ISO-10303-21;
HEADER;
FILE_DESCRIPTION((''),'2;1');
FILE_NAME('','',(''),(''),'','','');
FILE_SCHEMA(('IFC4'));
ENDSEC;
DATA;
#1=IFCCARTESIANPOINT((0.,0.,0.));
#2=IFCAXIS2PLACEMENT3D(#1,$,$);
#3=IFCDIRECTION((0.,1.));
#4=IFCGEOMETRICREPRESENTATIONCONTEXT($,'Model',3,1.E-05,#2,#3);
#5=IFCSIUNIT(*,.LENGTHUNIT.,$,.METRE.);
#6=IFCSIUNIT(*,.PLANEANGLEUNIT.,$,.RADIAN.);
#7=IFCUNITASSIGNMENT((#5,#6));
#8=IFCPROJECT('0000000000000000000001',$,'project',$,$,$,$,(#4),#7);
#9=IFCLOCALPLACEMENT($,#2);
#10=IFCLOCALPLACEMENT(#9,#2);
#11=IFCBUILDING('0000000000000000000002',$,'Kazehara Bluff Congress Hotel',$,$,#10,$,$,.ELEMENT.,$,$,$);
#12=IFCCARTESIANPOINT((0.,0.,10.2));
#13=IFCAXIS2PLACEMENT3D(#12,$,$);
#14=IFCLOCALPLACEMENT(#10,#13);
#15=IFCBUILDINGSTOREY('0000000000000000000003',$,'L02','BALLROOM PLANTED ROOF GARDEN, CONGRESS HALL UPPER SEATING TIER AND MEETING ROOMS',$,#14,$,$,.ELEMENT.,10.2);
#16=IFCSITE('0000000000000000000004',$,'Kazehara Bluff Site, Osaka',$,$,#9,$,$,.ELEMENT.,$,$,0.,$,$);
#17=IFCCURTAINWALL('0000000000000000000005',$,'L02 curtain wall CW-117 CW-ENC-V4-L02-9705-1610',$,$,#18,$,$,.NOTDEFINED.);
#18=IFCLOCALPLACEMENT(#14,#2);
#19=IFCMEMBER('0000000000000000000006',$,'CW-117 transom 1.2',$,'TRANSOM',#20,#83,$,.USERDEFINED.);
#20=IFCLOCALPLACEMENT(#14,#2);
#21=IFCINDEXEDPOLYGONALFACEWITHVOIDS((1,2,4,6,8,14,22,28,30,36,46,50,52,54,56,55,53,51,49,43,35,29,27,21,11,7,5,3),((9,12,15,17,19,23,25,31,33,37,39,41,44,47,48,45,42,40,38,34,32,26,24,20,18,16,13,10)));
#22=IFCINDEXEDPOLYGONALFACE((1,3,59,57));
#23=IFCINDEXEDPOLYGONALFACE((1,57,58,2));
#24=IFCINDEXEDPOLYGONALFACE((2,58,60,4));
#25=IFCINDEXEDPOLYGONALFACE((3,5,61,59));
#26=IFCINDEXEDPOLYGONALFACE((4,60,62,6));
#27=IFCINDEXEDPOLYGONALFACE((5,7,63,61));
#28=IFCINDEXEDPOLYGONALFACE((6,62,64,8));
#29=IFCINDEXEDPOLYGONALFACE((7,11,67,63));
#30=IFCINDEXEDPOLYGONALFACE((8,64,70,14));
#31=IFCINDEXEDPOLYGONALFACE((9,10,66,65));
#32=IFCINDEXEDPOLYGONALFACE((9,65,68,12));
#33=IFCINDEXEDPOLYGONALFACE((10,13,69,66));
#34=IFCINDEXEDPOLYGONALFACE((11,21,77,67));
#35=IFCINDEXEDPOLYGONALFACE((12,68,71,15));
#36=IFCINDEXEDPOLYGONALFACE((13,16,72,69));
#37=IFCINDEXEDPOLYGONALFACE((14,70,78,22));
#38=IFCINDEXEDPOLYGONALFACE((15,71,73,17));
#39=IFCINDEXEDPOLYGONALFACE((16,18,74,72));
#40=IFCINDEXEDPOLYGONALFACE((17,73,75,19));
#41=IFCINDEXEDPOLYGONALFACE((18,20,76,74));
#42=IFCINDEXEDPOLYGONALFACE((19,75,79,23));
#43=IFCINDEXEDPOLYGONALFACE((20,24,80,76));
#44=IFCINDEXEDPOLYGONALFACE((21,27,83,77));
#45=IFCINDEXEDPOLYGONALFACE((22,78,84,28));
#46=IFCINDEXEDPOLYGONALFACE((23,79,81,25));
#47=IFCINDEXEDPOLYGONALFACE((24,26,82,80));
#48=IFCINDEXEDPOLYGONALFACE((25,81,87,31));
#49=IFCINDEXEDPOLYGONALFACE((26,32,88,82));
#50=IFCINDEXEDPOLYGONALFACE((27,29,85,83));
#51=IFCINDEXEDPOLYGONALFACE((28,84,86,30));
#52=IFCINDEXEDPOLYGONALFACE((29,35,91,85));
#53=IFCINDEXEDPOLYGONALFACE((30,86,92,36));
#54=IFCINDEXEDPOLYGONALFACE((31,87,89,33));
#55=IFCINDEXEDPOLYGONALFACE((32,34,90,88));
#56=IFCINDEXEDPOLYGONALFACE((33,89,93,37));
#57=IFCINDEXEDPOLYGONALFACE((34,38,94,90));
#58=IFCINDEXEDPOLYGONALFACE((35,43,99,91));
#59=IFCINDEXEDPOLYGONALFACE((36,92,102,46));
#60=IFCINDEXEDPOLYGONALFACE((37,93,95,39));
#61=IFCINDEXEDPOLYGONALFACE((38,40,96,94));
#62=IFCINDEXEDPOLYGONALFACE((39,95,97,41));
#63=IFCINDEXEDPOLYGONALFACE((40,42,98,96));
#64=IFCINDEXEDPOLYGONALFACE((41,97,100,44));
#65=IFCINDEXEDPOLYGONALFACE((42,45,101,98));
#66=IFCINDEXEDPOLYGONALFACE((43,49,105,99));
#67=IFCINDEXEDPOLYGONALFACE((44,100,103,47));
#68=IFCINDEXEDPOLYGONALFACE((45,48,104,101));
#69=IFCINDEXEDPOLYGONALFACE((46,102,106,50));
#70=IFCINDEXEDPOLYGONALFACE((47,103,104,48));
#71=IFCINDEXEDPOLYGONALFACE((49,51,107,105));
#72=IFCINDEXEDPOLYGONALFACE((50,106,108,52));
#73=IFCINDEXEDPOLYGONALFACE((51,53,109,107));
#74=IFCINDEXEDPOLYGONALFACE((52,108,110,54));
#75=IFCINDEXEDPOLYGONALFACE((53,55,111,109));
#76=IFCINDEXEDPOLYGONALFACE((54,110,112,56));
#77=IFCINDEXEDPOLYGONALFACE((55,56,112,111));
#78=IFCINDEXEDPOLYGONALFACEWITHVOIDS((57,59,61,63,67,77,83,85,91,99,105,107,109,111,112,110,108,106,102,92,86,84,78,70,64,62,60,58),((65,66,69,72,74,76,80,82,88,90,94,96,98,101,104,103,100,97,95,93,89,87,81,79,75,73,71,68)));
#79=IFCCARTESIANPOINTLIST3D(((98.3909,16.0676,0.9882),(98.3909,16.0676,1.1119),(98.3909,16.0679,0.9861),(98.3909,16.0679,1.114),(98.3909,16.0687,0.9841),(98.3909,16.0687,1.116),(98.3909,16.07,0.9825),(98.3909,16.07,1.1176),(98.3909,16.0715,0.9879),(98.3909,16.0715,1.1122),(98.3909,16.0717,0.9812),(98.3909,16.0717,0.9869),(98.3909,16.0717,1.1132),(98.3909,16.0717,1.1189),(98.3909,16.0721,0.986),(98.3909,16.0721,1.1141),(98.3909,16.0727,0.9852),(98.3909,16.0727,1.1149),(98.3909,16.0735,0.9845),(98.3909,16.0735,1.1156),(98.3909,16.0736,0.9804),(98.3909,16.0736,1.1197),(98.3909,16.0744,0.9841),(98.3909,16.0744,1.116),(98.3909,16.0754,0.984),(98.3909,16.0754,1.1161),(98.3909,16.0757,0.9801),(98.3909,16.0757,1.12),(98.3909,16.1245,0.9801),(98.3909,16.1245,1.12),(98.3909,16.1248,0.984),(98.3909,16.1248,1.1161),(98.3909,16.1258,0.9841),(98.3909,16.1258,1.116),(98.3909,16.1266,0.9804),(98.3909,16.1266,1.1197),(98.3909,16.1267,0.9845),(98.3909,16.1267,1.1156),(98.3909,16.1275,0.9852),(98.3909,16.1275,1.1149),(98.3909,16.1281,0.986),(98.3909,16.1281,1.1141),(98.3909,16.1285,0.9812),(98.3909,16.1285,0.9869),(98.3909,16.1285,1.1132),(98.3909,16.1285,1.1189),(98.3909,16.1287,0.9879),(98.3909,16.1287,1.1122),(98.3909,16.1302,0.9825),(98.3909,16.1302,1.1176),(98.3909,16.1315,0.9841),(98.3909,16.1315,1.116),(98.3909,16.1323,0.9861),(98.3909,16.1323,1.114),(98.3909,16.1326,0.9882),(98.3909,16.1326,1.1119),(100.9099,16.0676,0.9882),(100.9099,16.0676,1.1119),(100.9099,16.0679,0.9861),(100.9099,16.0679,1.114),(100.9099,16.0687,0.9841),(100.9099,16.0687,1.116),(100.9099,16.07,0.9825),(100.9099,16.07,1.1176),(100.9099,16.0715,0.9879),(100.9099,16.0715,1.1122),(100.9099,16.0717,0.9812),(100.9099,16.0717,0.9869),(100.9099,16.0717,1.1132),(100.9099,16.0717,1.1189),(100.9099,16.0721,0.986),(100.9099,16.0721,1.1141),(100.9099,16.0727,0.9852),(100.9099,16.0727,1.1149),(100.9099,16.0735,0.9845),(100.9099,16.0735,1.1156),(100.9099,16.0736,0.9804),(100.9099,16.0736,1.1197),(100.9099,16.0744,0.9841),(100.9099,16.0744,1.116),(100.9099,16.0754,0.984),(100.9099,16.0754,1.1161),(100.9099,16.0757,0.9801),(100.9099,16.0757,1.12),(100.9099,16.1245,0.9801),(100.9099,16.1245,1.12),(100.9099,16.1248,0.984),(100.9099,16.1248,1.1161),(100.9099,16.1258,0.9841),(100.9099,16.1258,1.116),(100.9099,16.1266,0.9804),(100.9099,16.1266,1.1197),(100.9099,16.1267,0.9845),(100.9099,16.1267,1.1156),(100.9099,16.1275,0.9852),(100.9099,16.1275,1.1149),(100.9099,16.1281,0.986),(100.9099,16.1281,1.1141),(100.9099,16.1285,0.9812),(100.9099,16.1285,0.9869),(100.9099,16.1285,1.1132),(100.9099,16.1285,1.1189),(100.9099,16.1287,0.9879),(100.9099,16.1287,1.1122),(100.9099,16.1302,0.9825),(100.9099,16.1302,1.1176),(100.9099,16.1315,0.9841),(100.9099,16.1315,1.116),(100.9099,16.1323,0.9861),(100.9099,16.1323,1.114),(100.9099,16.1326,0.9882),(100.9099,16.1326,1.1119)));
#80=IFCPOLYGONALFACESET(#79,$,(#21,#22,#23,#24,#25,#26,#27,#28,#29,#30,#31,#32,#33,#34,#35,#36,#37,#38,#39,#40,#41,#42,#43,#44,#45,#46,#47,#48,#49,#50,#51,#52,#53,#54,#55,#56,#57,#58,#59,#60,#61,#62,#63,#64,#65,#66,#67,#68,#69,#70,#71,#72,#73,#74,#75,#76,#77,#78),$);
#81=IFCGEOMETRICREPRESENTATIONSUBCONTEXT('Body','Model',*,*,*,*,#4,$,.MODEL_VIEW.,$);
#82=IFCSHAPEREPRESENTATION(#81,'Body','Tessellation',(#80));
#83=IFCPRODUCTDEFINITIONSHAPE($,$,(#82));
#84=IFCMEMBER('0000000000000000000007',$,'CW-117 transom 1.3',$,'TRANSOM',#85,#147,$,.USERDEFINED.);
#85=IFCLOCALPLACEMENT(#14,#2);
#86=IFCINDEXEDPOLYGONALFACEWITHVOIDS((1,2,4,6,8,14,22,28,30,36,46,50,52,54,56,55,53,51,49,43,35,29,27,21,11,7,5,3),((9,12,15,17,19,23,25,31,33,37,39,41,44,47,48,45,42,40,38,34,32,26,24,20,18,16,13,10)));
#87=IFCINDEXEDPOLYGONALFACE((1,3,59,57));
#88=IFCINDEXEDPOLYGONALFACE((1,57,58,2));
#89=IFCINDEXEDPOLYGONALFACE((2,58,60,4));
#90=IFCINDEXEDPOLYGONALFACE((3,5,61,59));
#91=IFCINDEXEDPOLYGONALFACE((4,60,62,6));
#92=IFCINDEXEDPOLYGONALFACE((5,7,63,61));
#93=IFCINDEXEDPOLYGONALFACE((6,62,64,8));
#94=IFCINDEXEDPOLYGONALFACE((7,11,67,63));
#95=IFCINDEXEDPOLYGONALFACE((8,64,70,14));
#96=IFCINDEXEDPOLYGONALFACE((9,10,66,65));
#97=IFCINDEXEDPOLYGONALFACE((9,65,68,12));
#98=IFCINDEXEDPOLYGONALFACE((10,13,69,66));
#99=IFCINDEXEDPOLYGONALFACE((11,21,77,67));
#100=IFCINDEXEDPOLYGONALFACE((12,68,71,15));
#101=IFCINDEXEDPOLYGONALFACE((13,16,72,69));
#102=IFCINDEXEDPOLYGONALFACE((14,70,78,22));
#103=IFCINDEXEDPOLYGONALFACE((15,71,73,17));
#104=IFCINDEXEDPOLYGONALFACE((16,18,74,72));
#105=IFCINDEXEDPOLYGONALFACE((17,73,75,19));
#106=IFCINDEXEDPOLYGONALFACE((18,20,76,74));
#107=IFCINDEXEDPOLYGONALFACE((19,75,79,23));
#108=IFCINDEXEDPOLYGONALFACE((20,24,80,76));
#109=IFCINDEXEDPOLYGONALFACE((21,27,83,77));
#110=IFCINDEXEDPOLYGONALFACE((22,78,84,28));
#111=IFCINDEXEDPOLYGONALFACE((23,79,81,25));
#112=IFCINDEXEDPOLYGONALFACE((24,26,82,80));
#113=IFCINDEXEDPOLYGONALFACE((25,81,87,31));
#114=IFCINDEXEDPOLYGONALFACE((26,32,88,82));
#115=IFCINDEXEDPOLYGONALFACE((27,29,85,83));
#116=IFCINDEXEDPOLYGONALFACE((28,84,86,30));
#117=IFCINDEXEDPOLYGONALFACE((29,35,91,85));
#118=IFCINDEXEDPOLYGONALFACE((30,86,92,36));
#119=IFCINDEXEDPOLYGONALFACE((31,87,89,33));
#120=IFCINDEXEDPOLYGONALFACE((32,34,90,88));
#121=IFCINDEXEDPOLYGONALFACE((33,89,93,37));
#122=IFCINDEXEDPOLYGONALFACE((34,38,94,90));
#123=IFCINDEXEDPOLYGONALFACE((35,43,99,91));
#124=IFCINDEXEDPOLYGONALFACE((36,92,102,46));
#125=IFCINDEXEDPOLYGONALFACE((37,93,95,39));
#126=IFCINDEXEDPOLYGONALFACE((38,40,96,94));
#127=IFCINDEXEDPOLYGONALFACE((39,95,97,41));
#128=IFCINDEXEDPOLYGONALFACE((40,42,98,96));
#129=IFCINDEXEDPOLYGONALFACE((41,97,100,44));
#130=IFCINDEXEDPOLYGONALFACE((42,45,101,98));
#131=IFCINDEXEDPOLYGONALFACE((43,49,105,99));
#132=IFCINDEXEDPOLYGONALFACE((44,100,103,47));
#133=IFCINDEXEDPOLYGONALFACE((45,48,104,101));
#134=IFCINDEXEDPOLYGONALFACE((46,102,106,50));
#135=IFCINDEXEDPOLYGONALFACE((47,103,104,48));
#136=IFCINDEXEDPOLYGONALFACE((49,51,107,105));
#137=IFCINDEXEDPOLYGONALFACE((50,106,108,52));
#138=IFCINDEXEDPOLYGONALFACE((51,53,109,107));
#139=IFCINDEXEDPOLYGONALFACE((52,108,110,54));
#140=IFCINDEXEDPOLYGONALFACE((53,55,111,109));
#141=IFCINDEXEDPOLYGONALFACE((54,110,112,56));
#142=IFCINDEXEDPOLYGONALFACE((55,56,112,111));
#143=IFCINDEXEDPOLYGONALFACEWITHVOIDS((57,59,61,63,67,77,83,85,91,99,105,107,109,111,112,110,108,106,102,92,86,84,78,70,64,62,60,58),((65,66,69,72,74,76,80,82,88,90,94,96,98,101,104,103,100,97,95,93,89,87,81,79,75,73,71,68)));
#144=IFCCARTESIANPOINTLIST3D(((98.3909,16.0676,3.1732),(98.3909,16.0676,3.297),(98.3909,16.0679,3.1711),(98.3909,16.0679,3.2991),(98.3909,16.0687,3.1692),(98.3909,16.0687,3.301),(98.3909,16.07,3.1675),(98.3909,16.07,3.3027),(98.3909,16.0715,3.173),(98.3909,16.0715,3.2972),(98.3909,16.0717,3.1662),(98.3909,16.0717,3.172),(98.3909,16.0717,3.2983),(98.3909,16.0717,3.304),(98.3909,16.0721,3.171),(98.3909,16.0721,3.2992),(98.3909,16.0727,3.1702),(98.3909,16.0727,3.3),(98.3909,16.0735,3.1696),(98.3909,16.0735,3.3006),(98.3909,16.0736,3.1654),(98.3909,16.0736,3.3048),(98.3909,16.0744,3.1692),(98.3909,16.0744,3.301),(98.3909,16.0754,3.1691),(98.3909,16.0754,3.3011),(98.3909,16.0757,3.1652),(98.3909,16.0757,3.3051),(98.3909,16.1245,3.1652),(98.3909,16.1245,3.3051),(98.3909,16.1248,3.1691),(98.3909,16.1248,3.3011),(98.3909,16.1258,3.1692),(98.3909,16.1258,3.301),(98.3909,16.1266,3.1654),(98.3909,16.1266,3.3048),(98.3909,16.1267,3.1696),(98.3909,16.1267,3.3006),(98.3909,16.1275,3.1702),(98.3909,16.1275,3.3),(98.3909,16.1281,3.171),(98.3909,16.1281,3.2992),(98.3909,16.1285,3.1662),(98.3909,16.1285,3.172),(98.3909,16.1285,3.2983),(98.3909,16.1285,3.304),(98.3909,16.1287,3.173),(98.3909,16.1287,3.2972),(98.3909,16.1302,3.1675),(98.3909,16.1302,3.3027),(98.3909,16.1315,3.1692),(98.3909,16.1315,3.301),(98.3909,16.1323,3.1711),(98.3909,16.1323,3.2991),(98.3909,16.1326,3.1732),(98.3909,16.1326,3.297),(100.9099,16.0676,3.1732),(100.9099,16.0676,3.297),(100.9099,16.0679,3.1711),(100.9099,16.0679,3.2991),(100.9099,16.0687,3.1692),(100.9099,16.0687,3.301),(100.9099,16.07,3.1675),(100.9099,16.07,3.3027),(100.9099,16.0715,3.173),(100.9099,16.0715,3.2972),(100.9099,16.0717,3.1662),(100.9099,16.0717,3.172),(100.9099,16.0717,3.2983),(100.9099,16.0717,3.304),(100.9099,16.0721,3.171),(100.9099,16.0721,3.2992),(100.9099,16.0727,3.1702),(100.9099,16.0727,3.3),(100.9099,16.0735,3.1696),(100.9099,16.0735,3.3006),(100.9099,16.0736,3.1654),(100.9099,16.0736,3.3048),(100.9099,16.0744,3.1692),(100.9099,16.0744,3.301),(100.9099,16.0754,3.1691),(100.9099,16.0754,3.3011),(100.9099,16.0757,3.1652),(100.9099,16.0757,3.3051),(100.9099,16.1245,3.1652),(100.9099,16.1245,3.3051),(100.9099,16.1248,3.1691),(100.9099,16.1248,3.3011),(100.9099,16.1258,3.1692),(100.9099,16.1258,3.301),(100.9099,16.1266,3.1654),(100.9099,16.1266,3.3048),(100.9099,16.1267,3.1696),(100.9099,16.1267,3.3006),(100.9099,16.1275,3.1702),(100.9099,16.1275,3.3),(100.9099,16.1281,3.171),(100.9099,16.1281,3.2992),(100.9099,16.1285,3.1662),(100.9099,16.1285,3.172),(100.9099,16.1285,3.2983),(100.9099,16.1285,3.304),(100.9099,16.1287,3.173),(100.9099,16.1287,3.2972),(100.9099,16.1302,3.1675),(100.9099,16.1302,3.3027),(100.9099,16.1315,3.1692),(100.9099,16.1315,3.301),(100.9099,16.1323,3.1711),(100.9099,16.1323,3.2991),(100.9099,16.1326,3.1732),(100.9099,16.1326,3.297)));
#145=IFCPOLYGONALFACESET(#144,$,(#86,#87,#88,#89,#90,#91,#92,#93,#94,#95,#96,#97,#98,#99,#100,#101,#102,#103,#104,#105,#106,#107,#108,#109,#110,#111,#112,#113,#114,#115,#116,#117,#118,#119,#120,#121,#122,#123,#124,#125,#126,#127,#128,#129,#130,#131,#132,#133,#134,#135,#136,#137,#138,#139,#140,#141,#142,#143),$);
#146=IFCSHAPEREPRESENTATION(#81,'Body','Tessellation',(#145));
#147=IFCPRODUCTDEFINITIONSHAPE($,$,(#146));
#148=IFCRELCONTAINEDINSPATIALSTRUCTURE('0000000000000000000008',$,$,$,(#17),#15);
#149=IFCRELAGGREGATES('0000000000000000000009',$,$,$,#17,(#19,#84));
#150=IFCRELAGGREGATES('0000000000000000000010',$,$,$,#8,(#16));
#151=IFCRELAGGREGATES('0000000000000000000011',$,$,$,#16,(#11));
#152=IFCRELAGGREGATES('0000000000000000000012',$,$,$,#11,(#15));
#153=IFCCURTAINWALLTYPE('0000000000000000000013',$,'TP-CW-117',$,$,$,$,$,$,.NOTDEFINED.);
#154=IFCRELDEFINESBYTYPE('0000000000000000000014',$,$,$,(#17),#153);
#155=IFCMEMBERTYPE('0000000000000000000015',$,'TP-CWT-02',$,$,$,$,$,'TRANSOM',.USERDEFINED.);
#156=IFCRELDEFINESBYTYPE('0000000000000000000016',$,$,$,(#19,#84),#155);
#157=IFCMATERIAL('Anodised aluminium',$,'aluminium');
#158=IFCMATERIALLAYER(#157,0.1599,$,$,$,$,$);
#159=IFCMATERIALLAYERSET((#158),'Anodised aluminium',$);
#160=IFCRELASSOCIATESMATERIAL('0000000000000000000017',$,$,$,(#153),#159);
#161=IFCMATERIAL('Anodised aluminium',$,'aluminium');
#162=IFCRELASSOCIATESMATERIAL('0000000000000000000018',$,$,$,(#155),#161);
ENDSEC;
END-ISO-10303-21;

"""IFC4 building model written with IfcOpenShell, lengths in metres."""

from ifc_helpers import new_model, si_unit, direction, frame, origin, origin_2d, place, context, subcontext, project, spatial, hollow_rectangle, extrude, material, layer, layer_set, material_profile, profile_set, type_object, element, aggregate, save


model = new_model("IFC4")

# Units and contexts
model_context = context("Model", 3, precision=1e-05, world=origin(), true_north=direction((0.0, 1.0)))
body_context = subcontext(model_context, "Body", "Model", "MODEL_VIEW")
ifc_project = project(units=[si_unit("LENGTHUNIT", "METRE"), si_unit("PLANEANGLEUNIT", "RADIAN")], contexts=[model_context])

# Site, building, storey
site_placement = place(None, origin())
site = spatial("IfcSite", under=ifc_project, at=site_placement, Name="Kazehara Bluff Site, Osaka", CompositionType="ELEMENT", RefElevation=0.0)
building_placement = place(site_placement, origin())
building = spatial("IfcBuilding", under=site, at=building_placement, Name="Kazehara Bluff Congress Hotel", CompositionType="ELEMENT")
storey_placement = place(building_placement, frame((0.0, 0.0, 10.2)))
storey = spatial("IfcBuildingStorey", under=building, at=storey_placement, Name="L02", Description="BALLROOM PLANTED ROOF GARDEN, CONGRESS HALL UPPER SEATING TIER AND MEETING ROOMS", CompositionType="ELEMENT", Elevation=10.2)

# Curtain wall
ifc_material_1 = material(Name="Anodised aluminium", Category="aluminium")
ifc_layer_1 = layer(ifc_material_1, 0.1599)
ifc_layer_set_1 = layer_set([ifc_layer_1], Name="Anodised aluminium")
curtain_wall_type_1 = type_object("IfcCurtainWallType", Name="TP-CW-117", PredefinedType="NOTDEFINED", material=ifc_layer_set_1)
curtain_wall_1_placement = place(storey_placement, origin())
curtain_wall_1 = element("IfcCurtainWall", 1, at=curtain_wall_1_placement, inside=storey, type_object=curtain_wall_type_1, Name="L02 curtain wall CW-117 CW-ENC-V4-L02-9705-1610", PredefinedType="NOTDEFINED")

# Members
ifc_material_2 = material(Name="Anodised aluminium", Category="aluminium")
ifc_material_profile_1 = material_profile(ifc_material_2, hollow_rectangle(XDim=0.0649, YDim=0.1399, WallThickness=0.0039, InnerFilletRadius=0.0039, OuterFilletRadius=0.0081, at=origin_2d()))
ifc_profile_set_1 = profile_set([ifc_material_profile_1], Name="Anodised aluminium")
member_type_1 = type_object("IfcMemberType", Name="TP-CWT-02", ElementType="TRANSOM", PredefinedType="USERDEFINED", material=ifc_profile_set_1)
member_1_placement = place(storey_placement, frame((100.9099, 16.1001, 1.05), z_axis=(-1.0, 0.0, 0.0), x_axis=(0.0, -1.0, 0.0)))
member_1 = element("IfcMember", 2, at=member_1_placement, type_object=member_type_1, Name="CW-117 transom 1.2", ObjectType="TRANSOM", PredefinedType="USERDEFINED", context=body_context, shape_type="SweptSolid", body=[
    extrude(hollow_rectangle(XDim=0.0649, YDim=0.1399, WallThickness=0.0039, InnerFilletRadius=0.0039, OuterFilletRadius=0.0081, at=origin_2d()), origin(), (0.0, 0.0, 1.0), 2.519),
])
member_2_placement = place(storey_placement, frame((100.9099, 16.1001, 3.2351), z_axis=(-1.0, 0.0, 0.0), x_axis=(0.0, -1.0, 0.0)))
member_2 = element("IfcMember", 3, at=member_2_placement, type_object=member_type_1, Name="CW-117 transom 1.3", ObjectType="TRANSOM", PredefinedType="USERDEFINED", context=body_context, shape_type="SweptSolid", body=[
    extrude(hollow_rectangle(XDim=0.0649, YDim=0.1399, WallThickness=0.0039, InnerFilletRadius=0.0039, OuterFilletRadius=0.0081, at=origin_2d()), origin(), (0.0, 0.0, 1.0), 2.519),
])

aggregate(curtain_wall_1, [member_1, member_2])

save(model, "model.ifc")
